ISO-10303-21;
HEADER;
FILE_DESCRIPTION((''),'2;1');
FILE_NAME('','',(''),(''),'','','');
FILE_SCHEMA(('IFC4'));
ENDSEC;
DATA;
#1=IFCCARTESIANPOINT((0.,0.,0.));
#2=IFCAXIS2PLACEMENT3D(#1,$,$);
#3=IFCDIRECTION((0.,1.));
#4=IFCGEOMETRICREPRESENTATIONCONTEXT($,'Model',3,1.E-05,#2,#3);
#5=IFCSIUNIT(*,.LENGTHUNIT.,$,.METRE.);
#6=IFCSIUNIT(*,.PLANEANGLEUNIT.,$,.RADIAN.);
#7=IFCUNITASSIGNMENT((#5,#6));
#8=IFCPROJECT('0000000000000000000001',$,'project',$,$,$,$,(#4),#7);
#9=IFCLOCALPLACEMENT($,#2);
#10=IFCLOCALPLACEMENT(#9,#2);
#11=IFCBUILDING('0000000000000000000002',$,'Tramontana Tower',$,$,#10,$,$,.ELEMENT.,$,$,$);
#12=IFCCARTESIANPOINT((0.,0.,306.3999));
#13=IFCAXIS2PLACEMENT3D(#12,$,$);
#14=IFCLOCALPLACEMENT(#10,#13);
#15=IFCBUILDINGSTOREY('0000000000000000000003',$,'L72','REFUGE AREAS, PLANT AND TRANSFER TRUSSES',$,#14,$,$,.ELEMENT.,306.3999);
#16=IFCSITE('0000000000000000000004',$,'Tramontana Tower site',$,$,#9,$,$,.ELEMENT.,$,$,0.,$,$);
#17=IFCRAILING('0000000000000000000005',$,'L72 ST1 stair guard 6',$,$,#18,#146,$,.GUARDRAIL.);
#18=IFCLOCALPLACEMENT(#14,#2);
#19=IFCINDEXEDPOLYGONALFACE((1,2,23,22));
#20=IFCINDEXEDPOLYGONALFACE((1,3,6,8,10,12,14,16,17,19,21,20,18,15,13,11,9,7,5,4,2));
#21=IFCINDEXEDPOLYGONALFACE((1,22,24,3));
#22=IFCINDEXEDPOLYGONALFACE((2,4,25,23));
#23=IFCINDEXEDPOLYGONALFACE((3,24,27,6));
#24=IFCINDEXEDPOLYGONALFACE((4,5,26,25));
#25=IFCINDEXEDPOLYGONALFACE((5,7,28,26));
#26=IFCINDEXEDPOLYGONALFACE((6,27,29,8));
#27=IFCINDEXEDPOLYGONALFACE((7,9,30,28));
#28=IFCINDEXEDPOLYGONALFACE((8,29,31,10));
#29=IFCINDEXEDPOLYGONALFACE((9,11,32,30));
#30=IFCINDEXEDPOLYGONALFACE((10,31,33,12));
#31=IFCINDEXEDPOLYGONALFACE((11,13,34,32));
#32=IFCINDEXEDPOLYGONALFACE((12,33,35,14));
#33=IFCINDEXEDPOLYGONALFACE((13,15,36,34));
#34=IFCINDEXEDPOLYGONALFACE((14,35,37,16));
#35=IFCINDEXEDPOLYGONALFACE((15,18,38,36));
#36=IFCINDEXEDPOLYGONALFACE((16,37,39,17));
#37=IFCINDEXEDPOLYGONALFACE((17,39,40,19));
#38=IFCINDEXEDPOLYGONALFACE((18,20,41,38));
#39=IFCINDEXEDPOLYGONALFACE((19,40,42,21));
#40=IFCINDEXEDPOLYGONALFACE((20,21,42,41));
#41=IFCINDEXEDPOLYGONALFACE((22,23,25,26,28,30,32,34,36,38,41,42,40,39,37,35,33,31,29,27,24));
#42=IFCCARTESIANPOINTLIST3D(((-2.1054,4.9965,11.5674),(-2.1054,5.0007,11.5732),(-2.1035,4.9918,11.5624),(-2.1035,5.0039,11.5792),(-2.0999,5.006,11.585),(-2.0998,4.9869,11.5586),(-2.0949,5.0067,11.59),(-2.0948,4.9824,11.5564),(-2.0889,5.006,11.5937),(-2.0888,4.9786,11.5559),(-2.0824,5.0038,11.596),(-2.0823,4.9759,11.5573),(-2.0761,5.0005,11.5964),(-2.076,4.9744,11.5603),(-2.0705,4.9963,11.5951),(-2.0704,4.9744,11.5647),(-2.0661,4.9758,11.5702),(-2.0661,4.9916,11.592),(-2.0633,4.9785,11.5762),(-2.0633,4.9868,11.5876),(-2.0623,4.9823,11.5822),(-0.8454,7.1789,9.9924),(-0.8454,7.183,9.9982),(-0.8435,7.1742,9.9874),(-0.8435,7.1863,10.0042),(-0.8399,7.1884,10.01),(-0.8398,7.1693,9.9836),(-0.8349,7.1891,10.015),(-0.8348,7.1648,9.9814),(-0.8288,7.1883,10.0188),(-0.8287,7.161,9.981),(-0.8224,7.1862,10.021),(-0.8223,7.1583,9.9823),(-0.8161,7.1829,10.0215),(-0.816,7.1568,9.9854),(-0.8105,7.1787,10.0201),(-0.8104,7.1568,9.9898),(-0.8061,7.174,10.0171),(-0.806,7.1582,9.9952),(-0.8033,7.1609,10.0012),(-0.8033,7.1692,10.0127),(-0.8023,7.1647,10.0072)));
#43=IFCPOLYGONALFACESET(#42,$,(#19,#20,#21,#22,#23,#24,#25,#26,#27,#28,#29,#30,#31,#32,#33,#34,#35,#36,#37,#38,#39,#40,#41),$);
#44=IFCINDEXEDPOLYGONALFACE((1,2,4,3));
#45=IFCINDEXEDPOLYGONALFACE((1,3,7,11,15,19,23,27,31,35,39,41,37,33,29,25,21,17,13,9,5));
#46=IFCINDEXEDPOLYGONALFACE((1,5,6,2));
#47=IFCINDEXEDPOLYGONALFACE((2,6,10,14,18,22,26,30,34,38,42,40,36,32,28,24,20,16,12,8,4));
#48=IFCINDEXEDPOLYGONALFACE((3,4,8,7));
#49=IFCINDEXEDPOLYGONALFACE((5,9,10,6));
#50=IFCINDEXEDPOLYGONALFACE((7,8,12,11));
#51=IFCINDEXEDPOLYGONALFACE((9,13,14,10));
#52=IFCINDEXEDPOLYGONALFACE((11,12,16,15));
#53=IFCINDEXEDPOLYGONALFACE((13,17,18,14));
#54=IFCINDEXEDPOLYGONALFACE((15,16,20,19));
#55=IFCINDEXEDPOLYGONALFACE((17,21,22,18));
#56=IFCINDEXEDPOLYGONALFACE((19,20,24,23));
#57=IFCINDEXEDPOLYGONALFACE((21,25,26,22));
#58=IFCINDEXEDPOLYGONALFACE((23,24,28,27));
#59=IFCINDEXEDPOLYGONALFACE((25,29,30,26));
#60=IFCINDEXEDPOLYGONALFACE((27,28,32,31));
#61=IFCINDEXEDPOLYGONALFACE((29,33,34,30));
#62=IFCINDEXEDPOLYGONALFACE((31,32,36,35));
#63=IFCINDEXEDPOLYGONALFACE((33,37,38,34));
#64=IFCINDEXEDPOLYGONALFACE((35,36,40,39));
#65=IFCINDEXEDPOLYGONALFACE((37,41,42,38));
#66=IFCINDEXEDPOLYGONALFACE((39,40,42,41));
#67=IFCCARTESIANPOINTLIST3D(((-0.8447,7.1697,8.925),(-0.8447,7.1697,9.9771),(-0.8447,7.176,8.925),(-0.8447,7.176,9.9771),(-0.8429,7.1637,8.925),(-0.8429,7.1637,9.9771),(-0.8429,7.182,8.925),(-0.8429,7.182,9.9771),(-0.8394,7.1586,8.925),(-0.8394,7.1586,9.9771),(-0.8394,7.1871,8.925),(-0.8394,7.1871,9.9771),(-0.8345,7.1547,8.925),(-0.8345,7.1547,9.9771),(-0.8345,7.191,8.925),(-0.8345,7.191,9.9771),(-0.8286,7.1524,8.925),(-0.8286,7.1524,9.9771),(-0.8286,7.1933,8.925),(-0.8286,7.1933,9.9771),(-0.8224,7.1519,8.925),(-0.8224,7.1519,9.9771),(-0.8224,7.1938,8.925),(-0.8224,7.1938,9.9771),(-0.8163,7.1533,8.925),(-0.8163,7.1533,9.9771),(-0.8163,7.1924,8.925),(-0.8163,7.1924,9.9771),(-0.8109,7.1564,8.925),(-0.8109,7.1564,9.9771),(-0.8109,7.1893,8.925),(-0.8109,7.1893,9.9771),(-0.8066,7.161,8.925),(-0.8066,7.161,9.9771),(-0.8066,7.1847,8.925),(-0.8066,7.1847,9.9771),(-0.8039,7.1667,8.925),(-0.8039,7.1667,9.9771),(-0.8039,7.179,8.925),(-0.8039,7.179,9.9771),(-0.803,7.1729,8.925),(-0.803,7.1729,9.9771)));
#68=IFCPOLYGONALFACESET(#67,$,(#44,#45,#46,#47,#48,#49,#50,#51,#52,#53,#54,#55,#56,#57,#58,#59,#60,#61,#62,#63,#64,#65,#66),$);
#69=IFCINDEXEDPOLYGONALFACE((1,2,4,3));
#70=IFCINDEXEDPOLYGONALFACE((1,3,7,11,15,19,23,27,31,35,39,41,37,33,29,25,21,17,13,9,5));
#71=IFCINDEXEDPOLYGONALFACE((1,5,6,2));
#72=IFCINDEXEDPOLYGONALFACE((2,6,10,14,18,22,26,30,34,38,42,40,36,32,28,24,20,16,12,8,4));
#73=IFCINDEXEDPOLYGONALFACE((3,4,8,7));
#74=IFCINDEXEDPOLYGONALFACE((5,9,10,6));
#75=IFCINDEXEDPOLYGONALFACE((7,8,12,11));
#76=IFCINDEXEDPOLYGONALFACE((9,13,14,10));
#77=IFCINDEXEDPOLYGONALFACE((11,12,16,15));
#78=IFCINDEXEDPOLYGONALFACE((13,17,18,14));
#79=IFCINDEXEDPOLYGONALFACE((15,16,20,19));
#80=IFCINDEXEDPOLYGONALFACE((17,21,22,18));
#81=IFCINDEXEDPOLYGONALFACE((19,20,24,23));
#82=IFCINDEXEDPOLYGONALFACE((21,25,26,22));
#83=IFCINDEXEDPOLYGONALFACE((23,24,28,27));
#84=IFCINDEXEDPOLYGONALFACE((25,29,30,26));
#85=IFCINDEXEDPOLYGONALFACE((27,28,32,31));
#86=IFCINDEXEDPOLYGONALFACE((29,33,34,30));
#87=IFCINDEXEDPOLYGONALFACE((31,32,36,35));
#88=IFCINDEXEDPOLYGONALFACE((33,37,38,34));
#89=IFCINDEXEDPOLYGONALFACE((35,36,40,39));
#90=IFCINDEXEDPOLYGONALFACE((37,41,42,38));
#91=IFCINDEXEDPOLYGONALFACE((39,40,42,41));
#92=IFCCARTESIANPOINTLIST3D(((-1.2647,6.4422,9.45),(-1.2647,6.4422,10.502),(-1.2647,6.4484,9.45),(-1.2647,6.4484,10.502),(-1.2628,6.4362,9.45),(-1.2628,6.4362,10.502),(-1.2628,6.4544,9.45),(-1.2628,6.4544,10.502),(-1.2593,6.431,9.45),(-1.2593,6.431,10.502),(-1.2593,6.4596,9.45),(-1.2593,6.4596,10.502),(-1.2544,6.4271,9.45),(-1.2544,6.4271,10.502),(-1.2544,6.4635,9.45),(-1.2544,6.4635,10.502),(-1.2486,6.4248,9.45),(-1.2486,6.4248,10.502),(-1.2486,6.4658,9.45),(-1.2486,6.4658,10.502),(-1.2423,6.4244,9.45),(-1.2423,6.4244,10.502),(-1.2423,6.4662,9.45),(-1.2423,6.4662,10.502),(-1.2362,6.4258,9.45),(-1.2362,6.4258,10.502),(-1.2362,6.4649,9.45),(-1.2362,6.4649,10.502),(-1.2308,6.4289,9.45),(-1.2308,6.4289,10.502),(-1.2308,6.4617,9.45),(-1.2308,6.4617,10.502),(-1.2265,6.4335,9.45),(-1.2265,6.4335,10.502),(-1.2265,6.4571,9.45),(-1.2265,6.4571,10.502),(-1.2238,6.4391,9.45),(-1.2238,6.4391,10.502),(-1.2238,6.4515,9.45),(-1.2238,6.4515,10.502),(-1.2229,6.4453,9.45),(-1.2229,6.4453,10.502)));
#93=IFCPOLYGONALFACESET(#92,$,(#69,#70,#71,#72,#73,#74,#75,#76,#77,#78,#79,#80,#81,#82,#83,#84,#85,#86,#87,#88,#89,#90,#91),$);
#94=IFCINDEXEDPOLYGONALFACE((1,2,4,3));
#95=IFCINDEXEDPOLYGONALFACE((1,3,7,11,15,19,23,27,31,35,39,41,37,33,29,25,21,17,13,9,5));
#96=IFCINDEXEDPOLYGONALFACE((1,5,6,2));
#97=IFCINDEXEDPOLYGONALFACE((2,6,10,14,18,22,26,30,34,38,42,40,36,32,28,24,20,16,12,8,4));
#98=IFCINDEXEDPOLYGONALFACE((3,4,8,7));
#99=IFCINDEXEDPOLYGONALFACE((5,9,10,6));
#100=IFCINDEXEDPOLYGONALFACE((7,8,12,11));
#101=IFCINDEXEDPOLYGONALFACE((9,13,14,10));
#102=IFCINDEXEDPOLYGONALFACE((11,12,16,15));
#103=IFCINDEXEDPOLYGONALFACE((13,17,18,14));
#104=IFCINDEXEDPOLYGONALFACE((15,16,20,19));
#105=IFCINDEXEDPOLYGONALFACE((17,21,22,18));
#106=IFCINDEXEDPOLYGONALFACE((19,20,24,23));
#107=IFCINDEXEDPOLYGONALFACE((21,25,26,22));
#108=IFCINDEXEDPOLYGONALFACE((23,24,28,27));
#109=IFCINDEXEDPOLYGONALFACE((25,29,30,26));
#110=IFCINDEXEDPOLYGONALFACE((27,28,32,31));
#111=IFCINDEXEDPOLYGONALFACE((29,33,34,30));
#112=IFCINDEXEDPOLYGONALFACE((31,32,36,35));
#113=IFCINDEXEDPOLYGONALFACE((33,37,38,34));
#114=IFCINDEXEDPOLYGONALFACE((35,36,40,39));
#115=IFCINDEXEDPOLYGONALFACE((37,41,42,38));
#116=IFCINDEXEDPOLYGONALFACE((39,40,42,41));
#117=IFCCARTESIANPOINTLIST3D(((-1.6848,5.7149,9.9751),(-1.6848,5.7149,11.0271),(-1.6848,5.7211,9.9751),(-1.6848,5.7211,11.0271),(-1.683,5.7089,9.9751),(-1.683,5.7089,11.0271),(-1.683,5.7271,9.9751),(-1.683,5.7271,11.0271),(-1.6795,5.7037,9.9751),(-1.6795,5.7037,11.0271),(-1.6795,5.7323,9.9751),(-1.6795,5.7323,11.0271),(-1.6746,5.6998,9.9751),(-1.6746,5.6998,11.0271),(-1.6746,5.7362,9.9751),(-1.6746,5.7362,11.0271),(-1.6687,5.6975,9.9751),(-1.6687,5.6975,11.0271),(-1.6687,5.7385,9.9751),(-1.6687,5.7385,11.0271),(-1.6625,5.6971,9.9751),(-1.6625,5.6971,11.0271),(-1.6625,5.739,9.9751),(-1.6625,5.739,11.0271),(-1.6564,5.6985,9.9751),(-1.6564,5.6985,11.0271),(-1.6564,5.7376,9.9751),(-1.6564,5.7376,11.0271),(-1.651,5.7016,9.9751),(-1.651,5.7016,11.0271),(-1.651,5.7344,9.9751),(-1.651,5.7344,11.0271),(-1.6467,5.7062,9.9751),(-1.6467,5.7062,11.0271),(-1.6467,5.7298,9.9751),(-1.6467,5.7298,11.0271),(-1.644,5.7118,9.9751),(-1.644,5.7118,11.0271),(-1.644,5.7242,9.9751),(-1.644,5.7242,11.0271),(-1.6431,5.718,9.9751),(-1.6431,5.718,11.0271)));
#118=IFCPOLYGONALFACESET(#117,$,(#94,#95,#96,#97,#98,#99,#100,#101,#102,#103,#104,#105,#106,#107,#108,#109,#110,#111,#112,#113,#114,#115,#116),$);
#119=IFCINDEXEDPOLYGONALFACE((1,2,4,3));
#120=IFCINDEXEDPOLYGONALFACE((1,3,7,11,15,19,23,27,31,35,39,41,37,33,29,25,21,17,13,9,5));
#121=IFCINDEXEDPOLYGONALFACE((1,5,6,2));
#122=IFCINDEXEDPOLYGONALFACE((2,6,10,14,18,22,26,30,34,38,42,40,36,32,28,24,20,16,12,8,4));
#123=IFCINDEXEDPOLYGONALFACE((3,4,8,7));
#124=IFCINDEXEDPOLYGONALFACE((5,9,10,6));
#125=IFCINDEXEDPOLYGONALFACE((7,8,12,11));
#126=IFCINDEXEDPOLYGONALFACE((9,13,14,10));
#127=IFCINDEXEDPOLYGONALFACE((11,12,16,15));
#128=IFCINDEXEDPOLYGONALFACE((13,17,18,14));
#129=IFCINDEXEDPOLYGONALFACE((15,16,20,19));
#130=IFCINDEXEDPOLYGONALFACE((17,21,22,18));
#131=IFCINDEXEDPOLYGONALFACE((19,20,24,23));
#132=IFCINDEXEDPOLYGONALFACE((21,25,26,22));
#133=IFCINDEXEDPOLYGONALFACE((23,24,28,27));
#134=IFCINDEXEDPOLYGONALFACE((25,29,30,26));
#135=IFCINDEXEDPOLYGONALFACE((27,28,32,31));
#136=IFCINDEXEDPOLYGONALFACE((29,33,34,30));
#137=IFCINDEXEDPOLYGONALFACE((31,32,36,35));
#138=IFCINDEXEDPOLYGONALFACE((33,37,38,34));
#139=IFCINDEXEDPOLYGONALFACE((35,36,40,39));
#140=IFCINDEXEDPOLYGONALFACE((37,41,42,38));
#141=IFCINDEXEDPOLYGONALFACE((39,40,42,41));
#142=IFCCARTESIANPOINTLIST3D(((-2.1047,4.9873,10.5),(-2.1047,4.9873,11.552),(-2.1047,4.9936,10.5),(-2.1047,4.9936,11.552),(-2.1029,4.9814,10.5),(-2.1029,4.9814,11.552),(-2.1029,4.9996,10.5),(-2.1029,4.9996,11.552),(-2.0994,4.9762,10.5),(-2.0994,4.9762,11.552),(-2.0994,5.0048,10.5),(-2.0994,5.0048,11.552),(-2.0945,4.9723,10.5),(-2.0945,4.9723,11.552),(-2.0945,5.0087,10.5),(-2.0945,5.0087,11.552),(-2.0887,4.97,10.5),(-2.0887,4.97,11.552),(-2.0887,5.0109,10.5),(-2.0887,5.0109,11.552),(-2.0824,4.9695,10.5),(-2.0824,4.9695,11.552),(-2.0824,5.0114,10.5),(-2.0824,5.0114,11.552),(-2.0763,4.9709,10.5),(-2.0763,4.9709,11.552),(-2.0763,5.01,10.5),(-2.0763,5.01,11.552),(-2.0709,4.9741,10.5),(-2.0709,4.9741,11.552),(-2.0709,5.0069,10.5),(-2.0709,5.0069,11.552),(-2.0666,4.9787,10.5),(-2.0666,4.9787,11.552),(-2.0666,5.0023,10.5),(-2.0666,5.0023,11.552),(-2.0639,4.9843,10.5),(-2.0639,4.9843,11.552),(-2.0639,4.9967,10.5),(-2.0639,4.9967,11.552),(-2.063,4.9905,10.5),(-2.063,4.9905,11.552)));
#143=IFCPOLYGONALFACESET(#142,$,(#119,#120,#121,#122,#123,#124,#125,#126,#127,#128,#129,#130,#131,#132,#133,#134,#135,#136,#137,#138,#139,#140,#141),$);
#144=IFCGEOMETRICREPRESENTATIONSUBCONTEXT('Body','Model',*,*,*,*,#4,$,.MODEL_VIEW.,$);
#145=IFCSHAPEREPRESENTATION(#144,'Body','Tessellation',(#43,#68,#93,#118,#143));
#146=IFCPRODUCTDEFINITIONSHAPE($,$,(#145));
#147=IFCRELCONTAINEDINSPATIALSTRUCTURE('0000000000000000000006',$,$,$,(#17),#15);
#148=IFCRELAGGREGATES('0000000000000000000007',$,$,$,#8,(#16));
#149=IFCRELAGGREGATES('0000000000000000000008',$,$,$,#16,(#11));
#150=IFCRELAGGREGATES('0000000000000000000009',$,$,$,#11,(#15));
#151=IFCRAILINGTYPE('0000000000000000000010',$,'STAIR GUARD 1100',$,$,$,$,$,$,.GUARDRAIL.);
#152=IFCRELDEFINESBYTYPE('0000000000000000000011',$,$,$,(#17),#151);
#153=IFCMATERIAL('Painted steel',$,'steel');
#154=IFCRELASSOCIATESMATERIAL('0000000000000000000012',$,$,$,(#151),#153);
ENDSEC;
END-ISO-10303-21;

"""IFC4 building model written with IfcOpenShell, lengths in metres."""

from ifc_helpers import new_model, si_unit, direction, frame, origin, origin_2d, place, context, subcontext, project, spatial, circle, extrude, material, type_object, element, save


model = new_model("IFC4")

# Units and contexts
model_context = context("Model", 3, precision=1e-05, world=origin(), true_north=direction((0.0, 1.0)))
body_context = subcontext(model_context, "Body", "Model", "MODEL_VIEW")
ifc_project = project(units=[si_unit("LENGTHUNIT", "METRE"), si_unit("PLANEANGLEUNIT", "RADIAN")], contexts=[model_context])

# Site, building, storey
site_placement = place(None, origin())
site = spatial("IfcSite", under=ifc_project, at=site_placement, Name="Tramontana Tower site", CompositionType="ELEMENT", RefElevation=0.0)
building_placement = place(site_placement, origin())
building = spatial("IfcBuilding", under=site, at=building_placement, Name="Tramontana Tower", CompositionType="ELEMENT")
storey_placement = place(building_placement, frame((0.0, 0.0, 306.3999)))
storey = spatial("IfcBuildingStorey", under=building, at=storey_placement, Name="L72", Description="REFUGE AREAS, PLANT AND TRANSFER TRUSSES", CompositionType="ELEMENT", Elevation=306.3999)

# Railing
ifc_material_1 = material(Name="Painted steel", Category="steel")
railing_type_1 = type_object("IfcRailingType", Name="STAIR GUARD 1100", PredefinedType="GUARDRAIL", material=ifc_material_1)
railing_1_placement = place(storey_placement, frame((-0.824, 7.1729, 8.925)))
element("IfcRailing", 1, at=railing_1_placement, inside=storey, type_object=railing_type_1, Name="L72 ST1 stair guard 6", PredefinedType="GUARDRAIL", context=body_context, shape_type="SweptSolid", body=[
    extrude(circle(Radius=0.0239, at=origin_2d()), frame((0.0, 0.0, 1.0762), z_axis=(-0.424007, -0.734392, 0.529988), x_axis=(0.866023, -0.500005, 0.0)), (0.0, 0.0, 1.0), 2.9717),
    extrude(circle(Radius=0.021, at=origin_2d()), origin(), (0.0, 0.0, 1.0), 1.052),
    extrude(circle(Radius=0.021, at=origin_2d()), frame((-0.4199, -0.7275, 0.5249)), (0.0, 0.0, 1.0), 1.052),
    extrude(circle(Radius=0.021, at=origin_2d()), frame((-0.8401, -1.4548, 1.05)), (0.0, 0.0, 1.0), 1.052),
    extrude(circle(Radius=0.021, at=origin_2d()), frame((-1.26, -2.1824, 1.575)), (0.0, 0.0, 1.0), 1.052),
])

save(model, "model.ifc")
